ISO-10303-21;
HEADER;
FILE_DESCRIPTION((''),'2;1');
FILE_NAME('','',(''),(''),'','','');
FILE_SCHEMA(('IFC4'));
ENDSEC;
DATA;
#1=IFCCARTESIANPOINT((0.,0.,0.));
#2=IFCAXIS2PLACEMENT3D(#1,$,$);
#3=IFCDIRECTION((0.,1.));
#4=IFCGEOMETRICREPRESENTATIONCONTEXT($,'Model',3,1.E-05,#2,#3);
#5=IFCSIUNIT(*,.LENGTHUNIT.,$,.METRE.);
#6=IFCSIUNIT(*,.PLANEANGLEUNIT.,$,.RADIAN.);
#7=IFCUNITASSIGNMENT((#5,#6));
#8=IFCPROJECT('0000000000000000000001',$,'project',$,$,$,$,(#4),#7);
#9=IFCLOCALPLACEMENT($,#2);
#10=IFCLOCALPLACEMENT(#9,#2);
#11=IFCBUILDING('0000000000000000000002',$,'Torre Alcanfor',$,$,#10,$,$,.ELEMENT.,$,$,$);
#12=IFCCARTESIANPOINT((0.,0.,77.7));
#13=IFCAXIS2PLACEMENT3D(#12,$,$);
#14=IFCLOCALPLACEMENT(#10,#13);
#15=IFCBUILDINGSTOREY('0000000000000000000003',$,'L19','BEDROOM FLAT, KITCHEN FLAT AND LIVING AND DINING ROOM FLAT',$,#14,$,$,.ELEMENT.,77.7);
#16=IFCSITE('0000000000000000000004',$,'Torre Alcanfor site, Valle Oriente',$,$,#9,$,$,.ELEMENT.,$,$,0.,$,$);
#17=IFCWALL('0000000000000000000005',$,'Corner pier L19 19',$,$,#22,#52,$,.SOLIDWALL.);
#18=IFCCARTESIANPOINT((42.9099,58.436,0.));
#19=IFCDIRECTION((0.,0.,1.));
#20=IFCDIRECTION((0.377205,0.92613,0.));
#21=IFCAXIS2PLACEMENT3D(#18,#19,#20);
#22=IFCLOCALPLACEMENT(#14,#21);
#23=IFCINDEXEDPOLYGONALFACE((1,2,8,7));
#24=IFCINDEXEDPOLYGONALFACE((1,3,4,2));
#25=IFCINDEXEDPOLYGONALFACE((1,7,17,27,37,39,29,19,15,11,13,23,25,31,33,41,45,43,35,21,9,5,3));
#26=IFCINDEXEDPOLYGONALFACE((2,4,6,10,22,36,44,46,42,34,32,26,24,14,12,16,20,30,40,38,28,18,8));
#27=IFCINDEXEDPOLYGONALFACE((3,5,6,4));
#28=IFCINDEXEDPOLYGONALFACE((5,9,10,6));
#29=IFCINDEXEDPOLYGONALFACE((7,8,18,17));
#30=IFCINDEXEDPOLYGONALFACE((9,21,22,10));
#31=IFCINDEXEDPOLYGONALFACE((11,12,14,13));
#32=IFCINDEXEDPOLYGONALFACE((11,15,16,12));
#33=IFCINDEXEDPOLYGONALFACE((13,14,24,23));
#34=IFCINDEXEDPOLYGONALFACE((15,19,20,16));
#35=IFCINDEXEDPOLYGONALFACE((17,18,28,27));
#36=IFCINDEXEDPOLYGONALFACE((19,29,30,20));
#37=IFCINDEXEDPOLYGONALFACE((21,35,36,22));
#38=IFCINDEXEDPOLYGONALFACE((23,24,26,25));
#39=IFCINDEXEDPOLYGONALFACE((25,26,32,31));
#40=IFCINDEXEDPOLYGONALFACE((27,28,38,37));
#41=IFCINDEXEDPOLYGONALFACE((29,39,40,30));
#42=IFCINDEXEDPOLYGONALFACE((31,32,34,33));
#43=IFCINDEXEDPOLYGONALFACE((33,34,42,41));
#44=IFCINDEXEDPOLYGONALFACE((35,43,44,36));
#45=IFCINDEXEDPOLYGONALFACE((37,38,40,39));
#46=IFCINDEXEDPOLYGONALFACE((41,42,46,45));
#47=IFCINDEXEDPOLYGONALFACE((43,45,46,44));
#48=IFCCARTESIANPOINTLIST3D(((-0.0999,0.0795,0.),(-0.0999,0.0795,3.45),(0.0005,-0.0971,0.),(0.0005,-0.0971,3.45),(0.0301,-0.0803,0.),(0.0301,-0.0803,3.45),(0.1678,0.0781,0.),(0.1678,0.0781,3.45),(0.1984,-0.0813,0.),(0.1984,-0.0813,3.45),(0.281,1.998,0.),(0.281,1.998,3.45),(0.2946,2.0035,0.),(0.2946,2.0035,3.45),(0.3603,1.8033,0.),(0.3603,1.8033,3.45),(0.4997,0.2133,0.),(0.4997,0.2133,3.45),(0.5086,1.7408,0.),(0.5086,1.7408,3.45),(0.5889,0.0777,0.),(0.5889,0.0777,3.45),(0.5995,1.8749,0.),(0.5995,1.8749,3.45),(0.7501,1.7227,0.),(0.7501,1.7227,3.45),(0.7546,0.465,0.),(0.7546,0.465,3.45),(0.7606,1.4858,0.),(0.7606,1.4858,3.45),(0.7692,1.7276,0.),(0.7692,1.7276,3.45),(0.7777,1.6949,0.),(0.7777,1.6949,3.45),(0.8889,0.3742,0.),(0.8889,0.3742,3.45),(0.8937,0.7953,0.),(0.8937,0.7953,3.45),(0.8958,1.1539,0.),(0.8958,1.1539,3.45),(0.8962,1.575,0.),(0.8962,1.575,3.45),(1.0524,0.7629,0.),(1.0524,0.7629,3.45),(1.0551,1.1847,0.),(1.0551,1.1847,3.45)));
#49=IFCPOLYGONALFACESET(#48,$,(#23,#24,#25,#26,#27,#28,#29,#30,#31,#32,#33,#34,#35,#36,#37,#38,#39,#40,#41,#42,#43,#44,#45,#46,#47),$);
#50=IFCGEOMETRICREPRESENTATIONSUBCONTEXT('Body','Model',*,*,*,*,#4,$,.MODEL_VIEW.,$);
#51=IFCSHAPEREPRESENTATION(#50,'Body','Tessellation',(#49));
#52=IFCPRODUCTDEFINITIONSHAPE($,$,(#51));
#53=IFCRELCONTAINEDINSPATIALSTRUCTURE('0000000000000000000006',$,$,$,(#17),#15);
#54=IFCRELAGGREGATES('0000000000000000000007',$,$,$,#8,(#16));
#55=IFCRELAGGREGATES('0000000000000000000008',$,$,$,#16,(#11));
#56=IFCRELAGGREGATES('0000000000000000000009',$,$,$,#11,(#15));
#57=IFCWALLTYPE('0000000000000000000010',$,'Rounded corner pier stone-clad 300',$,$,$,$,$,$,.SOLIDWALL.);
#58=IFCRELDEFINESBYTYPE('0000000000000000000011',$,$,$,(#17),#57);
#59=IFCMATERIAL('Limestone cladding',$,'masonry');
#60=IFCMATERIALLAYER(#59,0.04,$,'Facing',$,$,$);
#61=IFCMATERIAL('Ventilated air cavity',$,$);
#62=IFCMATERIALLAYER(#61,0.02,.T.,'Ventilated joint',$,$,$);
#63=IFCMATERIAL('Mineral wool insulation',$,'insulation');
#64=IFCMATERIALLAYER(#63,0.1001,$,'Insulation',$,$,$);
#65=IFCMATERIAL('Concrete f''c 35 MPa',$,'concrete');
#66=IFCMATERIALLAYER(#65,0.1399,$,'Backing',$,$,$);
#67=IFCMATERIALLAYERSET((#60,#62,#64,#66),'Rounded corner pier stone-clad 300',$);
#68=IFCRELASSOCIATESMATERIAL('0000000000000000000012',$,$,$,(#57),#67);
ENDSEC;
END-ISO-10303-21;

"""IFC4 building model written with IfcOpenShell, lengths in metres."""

from ifc_helpers import new_model, si_unit, direction, frame, origin, place, context, subcontext, project, spatial, polyline, outline, extrude, material, layer, layer_set, type_object, element, save


model = new_model("IFC4")

# Units and contexts
model_context = context("Model", 3, precision=1e-05, world=origin(), true_north=direction((0.0, 1.0)))
body_context = subcontext(model_context, "Body", "Model", "MODEL_VIEW")
ifc_project = project(units=[si_unit("LENGTHUNIT", "METRE"), si_unit("PLANEANGLEUNIT", "RADIAN")], contexts=[model_context])

# Site, building, storey
site_placement = place(None, origin())
site = spatial("IfcSite", under=ifc_project, at=site_placement, Name="Torre Alcanfor site, Valle Oriente", CompositionType="ELEMENT", RefElevation=0.0)
building_placement = place(site_placement, origin())
building = spatial("IfcBuilding", under=site, at=building_placement, Name="Torre Alcanfor", CompositionType="ELEMENT")
storey_placement = place(building_placement, frame((0.0, 0.0, 77.7)))
storey = spatial("IfcBuildingStorey", under=building, at=storey_placement, Name="L19", Description="BEDROOM FLAT, KITCHEN FLAT AND LIVING AND DINING ROOM FLAT", CompositionType="ELEMENT", Elevation=77.7)

# Shared definitions
ifc_material_1 = material(Name="Limestone cladding", Category="masonry")
ifc_material_2 = material(Name="Ventilated air cavity")
ifc_material_3 = material(Name="Mineral wool insulation", Category="insulation")
ifc_material_4 = material(Name="Concrete f'c 35 MPa", Category="concrete")

# Wall
ifc_layer_1 = layer(ifc_material_1, 0.04, Name="Facing")
ifc_layer_2 = layer(ifc_material_2, 0.02, ventilated=True, Name="Ventilated joint")
ifc_layer_3 = layer(ifc_material_3, 0.1001, Name="Insulation")
ifc_layer_4 = layer(ifc_material_4, 0.1399, Name="Backing")
ifc_layer_set_1 = layer_set([ifc_layer_1, ifc_layer_2, ifc_layer_3, ifc_layer_4], Name="Rounded corner pier stone-clad 300")
wall_type_1 = type_object("IfcWallType", Name="Rounded corner pier stone-clad 300", PredefinedType="SOLIDWALL", material=ifc_layer_set_1)
wall_1_placement = place(storey_placement, frame((42.9099, 58.436, 0.0), z_axis=(0.0, 0.0, 1.0), x_axis=(0.377205, 0.92613, 0.0)))
element("IfcWall", 1, at=wall_1_placement, inside=storey, type_object=wall_type_1, Name="Corner pier L19 19", PredefinedType="SOLIDWALL", context=body_context, shape_type="SweptSolid", body=[
    extrude(outline(polyline([(0.7692, 1.7276), (0.7501, 1.7227), (0.5995, 1.8749), (0.2946, 2.0035), (0.281, 1.998), (0.3603, 1.8033), (0.5086, 1.7408), (0.7606, 1.4858), (0.8958, 1.1539), (0.8937, 0.7953), (0.7546, 0.465), (0.4997, 0.2133), (0.1678, 0.0781), (-0.0999, 0.0795), (0.0005, -0.0971), (0.0301, -0.0803), (0.1984, -0.0813), (0.5889, 0.0777), (0.8889, 0.3742), (1.0524, 0.7629), (1.0551, 1.1847), (0.8962, 1.575), (0.7777, 1.6949), (0.7692, 1.7276)])), origin(), (0.0, 0.0, 1.0), 3.45),
])

save(model, "model.ifc")
